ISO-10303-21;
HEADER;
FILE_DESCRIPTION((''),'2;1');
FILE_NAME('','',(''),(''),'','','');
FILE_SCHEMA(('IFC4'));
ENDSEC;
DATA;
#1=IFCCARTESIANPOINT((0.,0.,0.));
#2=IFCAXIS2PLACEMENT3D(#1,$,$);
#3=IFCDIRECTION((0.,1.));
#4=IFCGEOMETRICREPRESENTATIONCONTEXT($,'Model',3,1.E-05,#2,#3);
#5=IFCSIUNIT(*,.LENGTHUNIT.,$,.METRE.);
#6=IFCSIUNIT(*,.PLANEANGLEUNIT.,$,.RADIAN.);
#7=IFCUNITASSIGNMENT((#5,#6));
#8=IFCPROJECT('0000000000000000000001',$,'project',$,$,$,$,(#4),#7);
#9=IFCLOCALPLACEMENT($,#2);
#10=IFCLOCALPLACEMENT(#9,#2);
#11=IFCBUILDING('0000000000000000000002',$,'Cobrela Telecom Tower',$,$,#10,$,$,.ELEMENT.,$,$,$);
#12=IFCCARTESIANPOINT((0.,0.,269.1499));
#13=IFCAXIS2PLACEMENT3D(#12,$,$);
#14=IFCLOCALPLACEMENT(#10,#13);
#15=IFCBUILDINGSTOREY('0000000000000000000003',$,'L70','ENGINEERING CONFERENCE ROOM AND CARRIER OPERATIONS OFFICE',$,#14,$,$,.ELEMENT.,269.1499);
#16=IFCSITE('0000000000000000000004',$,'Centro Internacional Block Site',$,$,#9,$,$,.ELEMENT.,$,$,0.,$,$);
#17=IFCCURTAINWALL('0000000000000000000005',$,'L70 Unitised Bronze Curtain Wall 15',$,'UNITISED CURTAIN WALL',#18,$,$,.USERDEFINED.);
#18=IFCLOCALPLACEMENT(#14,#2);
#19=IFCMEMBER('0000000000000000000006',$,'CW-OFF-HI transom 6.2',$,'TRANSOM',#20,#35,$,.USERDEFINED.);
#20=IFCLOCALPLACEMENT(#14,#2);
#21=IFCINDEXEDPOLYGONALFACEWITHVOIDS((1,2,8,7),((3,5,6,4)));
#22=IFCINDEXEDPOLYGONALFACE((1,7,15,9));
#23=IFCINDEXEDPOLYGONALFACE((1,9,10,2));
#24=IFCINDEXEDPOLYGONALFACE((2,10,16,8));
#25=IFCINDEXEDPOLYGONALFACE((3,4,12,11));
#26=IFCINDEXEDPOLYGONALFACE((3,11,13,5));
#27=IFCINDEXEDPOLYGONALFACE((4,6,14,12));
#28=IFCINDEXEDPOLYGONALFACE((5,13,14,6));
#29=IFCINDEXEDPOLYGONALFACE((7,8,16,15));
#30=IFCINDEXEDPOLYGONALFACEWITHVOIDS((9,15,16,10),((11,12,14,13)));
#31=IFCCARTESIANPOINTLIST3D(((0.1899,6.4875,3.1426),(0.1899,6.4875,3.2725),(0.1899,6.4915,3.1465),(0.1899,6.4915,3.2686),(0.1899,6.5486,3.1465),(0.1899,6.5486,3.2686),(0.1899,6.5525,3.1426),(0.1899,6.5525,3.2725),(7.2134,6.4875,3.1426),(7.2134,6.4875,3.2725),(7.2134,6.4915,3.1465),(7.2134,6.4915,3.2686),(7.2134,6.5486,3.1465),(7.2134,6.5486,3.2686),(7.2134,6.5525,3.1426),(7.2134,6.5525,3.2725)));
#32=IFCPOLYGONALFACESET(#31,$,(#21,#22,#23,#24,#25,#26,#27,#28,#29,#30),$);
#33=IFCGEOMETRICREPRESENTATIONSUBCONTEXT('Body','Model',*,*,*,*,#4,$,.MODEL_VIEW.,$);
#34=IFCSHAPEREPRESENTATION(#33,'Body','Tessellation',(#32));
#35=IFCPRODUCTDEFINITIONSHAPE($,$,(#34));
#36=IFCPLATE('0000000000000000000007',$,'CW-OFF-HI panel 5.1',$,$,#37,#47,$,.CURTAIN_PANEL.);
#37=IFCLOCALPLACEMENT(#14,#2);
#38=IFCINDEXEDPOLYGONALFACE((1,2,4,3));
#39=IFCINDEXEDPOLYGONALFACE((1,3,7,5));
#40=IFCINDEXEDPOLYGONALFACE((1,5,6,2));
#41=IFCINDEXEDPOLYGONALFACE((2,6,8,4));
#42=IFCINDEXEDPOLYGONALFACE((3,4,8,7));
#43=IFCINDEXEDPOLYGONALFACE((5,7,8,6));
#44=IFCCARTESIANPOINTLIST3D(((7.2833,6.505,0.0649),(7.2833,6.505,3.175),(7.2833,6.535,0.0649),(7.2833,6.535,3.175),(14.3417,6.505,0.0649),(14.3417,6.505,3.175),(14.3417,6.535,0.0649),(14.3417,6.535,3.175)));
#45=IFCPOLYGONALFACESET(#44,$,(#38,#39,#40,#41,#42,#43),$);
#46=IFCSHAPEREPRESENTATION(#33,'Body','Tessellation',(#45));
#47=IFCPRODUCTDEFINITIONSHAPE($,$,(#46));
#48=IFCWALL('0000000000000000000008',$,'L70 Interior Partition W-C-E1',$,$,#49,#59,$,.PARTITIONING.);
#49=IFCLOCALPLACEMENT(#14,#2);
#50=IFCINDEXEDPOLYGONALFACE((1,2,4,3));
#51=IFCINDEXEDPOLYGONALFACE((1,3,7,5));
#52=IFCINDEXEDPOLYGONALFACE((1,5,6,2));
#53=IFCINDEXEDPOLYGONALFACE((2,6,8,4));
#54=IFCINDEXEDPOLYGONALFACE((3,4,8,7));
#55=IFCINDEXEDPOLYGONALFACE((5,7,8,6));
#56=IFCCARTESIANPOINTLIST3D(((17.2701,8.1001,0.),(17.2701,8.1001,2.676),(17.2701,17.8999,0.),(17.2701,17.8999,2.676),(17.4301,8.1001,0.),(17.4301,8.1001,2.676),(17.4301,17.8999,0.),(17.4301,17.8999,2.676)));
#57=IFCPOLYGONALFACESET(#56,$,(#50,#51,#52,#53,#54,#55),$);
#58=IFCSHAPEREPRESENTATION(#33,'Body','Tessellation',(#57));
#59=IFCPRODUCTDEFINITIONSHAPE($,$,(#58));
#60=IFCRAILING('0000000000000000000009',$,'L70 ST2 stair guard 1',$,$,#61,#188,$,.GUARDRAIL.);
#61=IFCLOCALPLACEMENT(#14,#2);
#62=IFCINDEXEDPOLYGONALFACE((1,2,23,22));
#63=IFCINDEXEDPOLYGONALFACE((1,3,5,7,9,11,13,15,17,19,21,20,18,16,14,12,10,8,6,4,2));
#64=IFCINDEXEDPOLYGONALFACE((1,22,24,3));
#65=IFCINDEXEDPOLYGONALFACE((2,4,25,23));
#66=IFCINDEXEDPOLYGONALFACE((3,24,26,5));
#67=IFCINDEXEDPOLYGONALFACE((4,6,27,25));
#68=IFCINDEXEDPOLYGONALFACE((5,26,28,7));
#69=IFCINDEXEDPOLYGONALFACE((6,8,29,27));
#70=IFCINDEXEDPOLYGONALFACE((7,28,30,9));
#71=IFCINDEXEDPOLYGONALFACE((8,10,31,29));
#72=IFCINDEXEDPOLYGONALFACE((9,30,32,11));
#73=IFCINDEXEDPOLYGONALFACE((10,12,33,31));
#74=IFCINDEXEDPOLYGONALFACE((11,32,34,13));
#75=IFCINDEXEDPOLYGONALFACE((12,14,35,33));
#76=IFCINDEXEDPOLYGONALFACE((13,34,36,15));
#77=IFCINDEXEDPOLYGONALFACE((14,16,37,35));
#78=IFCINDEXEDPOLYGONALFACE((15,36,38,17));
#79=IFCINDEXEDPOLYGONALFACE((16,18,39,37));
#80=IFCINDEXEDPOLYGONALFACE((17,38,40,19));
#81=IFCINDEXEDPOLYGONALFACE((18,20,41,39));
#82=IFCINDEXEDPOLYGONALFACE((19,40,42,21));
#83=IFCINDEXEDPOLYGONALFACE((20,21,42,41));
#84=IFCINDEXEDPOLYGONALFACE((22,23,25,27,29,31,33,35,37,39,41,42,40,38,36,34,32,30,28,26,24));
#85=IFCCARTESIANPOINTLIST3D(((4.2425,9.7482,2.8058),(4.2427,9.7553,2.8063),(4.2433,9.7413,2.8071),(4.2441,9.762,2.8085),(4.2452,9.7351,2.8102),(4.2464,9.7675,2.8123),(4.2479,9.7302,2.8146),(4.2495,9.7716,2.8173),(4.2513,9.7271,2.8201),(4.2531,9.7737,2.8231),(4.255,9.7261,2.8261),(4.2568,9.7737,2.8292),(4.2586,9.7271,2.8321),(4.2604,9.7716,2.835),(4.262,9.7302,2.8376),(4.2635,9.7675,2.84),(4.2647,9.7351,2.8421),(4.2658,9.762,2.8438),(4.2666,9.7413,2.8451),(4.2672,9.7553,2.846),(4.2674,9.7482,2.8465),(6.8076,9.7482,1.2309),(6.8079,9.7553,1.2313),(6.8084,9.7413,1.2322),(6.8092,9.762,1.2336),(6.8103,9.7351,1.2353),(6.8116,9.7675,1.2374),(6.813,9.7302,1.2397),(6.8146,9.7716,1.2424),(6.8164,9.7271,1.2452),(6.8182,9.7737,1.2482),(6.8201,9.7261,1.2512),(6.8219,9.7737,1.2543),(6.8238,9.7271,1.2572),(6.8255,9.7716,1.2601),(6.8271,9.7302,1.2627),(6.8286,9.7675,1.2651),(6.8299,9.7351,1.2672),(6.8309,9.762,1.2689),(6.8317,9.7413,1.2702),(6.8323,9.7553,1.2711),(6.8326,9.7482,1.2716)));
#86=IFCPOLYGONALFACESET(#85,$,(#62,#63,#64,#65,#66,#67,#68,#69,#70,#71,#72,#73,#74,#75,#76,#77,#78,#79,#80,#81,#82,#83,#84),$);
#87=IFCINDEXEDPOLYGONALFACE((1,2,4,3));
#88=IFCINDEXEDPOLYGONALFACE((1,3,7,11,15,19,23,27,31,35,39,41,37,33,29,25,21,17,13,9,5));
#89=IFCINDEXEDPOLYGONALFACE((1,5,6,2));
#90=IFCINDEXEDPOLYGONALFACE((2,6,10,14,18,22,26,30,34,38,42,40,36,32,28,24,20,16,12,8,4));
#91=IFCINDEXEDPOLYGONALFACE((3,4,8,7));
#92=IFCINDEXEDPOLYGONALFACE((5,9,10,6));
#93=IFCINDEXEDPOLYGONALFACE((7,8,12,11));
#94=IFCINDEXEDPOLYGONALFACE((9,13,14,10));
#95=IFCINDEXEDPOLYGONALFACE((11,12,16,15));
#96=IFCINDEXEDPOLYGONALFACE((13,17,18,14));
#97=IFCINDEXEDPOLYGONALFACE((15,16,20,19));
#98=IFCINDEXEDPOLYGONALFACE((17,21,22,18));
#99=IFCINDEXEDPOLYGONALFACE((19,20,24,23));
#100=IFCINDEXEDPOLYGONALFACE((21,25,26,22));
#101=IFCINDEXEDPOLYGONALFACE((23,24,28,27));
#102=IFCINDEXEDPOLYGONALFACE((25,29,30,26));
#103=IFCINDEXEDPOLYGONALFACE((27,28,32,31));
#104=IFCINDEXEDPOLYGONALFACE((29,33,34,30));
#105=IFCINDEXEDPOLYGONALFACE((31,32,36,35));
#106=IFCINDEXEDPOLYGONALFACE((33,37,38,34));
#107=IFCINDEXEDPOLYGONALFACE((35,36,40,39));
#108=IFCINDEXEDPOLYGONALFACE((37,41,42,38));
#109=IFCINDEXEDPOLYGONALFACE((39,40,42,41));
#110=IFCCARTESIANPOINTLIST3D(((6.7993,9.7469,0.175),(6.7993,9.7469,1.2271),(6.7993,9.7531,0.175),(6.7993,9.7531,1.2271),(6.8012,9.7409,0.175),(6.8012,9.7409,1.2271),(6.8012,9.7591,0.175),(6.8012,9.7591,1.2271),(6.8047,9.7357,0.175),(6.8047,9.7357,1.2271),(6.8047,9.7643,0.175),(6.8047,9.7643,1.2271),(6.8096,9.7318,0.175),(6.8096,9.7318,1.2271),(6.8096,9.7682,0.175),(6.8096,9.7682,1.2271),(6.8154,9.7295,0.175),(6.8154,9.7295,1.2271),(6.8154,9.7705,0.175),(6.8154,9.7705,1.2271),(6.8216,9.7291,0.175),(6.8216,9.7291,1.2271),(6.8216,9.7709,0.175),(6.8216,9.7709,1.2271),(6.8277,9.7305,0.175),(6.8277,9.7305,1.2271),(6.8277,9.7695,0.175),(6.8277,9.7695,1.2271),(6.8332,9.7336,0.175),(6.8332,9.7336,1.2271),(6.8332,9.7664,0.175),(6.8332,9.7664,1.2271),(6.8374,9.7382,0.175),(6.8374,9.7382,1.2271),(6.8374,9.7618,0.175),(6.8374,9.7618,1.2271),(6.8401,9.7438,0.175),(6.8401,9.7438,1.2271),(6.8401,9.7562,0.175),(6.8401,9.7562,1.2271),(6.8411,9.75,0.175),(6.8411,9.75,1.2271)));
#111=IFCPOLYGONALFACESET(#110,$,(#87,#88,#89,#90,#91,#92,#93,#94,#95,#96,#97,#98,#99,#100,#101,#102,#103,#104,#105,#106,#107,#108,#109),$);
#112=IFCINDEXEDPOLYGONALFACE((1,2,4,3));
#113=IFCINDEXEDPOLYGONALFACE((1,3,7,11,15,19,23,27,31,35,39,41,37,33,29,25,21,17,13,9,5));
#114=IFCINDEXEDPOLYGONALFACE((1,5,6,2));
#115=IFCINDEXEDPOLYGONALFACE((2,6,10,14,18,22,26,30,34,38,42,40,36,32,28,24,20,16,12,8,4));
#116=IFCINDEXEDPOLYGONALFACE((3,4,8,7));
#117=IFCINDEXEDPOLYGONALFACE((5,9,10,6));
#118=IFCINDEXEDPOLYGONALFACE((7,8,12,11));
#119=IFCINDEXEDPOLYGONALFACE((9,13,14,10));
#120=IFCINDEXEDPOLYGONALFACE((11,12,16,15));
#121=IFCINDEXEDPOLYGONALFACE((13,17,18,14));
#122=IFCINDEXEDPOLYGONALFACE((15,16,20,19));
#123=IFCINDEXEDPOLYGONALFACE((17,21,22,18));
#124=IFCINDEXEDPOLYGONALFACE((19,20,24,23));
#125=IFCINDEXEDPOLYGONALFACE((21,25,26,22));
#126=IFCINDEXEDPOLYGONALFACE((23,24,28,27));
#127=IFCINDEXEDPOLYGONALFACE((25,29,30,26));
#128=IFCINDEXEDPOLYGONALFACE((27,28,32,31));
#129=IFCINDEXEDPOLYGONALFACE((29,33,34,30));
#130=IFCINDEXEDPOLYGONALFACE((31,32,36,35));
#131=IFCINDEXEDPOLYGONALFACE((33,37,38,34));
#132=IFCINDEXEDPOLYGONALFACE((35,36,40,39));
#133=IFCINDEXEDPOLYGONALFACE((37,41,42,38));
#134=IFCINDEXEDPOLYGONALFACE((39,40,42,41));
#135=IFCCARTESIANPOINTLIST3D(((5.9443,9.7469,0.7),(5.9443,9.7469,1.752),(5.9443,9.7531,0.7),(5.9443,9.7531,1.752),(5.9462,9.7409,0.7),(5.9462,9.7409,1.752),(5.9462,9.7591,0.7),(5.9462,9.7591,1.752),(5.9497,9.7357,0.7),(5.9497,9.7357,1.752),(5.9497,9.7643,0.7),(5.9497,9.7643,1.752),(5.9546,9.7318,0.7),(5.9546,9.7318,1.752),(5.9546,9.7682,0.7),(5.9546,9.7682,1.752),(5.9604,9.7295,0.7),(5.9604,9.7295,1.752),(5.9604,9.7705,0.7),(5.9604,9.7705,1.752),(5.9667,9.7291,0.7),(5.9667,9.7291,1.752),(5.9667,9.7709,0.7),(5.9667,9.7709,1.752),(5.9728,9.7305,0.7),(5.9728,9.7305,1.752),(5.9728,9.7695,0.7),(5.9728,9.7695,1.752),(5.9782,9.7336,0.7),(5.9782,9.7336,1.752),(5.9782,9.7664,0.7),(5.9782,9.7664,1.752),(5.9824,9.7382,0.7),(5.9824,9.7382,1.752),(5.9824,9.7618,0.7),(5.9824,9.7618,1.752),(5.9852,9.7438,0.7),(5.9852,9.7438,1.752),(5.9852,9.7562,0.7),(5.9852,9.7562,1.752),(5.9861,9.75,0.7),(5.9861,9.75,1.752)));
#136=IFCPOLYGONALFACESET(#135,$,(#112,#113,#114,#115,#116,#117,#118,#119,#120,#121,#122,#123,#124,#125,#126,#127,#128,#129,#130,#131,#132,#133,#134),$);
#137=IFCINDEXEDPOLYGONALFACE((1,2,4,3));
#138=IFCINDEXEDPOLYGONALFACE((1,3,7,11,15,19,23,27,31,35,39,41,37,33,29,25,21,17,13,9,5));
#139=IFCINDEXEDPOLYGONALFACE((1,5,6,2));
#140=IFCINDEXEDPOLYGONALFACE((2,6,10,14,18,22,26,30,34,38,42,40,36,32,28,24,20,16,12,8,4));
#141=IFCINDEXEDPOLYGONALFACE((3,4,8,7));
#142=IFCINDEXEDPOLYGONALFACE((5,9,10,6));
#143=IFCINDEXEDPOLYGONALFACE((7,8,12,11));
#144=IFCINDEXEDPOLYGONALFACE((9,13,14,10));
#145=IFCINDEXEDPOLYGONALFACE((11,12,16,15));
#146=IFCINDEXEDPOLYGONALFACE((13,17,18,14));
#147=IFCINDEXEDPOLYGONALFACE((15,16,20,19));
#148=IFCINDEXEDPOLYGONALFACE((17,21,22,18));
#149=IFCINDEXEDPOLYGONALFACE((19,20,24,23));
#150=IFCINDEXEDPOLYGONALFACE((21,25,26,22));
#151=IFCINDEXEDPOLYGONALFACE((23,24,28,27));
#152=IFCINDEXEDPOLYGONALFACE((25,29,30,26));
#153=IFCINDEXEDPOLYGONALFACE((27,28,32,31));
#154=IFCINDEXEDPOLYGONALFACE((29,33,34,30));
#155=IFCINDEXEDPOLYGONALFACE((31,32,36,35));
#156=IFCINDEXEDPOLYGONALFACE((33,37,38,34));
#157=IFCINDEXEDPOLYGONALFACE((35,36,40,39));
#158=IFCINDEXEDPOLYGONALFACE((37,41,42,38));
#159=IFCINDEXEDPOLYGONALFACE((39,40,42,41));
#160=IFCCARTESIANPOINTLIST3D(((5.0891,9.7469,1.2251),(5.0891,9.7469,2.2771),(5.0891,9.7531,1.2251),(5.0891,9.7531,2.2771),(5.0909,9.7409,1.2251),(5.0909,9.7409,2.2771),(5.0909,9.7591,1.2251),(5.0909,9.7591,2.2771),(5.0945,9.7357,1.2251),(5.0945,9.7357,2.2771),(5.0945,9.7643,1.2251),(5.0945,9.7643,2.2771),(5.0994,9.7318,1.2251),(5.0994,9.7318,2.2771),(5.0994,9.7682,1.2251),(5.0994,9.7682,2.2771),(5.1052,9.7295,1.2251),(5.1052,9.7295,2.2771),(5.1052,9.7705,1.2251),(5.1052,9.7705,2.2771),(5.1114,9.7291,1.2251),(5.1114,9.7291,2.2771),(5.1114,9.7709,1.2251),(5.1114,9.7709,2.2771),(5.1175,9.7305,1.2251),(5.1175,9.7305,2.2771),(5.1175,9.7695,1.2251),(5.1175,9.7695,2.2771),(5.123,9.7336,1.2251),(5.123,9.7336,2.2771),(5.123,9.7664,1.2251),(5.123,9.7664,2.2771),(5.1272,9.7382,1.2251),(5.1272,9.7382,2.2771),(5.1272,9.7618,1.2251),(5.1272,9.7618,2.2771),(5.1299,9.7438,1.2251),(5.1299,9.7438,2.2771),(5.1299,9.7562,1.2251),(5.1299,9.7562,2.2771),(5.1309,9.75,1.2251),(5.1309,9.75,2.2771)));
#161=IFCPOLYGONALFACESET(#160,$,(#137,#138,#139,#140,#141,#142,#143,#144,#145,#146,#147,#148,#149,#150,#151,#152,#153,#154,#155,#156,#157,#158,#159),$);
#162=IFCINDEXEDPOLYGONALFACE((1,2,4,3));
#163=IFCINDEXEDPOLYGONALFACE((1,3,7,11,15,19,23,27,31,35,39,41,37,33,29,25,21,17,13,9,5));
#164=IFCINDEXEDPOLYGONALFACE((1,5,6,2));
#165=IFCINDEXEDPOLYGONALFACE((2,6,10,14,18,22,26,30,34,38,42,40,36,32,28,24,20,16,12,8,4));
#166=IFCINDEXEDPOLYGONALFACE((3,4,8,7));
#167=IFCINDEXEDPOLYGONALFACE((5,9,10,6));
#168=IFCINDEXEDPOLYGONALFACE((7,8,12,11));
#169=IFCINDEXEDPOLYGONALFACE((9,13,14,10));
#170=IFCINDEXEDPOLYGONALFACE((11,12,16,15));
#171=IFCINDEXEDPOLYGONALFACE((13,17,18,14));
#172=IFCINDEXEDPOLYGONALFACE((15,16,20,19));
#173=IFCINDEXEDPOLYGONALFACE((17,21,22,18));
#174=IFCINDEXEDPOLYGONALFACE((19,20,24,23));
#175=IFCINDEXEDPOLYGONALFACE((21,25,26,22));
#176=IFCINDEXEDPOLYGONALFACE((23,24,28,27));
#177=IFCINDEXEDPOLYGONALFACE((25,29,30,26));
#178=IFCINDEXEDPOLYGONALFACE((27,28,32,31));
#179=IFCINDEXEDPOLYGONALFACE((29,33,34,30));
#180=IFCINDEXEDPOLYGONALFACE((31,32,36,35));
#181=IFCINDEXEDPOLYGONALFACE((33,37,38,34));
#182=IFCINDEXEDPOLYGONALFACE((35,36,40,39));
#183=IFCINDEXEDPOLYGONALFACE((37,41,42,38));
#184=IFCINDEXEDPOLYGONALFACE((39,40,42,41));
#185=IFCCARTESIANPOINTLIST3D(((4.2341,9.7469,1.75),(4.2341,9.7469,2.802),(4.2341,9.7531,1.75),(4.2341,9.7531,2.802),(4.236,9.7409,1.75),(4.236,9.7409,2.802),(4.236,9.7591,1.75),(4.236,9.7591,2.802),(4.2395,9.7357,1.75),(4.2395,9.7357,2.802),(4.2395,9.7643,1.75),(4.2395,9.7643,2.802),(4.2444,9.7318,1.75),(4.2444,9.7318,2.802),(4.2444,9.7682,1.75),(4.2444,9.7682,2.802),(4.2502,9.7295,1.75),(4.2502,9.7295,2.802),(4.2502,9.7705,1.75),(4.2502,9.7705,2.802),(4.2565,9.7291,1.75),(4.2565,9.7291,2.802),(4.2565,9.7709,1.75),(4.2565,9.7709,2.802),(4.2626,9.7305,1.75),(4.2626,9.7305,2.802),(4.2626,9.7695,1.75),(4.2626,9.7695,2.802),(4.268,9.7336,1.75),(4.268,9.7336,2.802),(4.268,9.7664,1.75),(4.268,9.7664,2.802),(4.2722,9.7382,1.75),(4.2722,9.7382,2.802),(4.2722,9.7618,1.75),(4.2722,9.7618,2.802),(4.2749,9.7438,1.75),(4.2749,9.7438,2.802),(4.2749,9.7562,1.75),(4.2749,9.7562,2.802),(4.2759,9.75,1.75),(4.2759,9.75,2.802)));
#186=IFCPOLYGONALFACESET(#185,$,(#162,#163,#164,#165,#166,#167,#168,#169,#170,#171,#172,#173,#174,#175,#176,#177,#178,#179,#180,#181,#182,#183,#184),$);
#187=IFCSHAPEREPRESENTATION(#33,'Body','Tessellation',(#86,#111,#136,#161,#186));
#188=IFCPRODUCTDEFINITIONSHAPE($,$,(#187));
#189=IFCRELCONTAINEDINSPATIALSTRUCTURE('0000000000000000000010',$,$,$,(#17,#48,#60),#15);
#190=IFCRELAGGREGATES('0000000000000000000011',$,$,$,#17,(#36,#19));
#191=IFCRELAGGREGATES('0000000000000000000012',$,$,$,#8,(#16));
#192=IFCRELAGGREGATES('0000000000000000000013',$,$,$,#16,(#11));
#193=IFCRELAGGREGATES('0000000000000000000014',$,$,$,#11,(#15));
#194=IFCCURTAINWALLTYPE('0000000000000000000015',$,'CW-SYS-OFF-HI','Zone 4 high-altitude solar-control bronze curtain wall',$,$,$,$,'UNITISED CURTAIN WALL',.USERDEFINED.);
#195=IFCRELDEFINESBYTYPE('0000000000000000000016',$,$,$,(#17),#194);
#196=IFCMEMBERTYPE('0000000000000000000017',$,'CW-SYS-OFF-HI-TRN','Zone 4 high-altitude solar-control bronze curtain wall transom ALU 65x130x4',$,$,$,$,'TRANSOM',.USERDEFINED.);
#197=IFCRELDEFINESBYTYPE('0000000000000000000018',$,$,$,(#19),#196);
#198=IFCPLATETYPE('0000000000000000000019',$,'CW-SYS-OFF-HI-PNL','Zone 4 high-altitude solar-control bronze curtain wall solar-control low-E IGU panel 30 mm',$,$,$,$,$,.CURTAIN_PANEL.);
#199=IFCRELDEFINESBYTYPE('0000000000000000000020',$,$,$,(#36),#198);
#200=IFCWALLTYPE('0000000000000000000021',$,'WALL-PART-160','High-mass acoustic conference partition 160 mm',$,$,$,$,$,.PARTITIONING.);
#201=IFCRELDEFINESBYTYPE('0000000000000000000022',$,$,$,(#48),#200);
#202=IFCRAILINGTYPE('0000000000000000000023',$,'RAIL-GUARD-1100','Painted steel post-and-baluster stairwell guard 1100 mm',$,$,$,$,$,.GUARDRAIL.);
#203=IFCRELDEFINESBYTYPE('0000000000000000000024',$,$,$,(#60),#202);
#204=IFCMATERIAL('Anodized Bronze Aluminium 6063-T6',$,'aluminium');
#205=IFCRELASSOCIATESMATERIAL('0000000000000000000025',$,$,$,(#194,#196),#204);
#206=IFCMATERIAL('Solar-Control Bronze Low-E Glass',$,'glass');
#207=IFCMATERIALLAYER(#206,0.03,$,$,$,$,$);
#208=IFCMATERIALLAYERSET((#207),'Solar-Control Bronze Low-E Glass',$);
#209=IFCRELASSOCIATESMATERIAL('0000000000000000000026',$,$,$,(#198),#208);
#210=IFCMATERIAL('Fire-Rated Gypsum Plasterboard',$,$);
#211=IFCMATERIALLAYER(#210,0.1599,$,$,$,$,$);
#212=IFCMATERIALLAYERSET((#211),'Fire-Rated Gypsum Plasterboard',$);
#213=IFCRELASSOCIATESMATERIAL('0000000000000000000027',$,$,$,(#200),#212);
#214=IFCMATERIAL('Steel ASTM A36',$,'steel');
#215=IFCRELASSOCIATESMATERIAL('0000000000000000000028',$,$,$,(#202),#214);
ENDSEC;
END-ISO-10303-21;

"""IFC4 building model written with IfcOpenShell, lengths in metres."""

from ifc_helpers import new_model, si_unit, direction, frame, frame_2d, origin, origin_2d, place, context, subcontext, project, spatial, rectangle, hollow_rectangle, circle, extrude, material, layer, layer_set, material_profile, profile_set, type_object, element, aggregate, save


model = new_model("IFC4")

# Units and contexts
model_context = context("Model", 3, precision=1e-05, world=origin(), true_north=direction((0.0, 1.0)))
body_context = subcontext(model_context, "Body", "Model", "MODEL_VIEW")
ifc_project = project(units=[si_unit("LENGTHUNIT", "METRE"), si_unit("PLANEANGLEUNIT", "RADIAN")], contexts=[model_context])

# Site, building, storey
site_placement = place(None, origin())
site = spatial("IfcSite", under=ifc_project, at=site_placement, Name="Centro Internacional Block Site", CompositionType="ELEMENT", RefElevation=0.0)
building_placement = place(site_placement, origin())
building = spatial("IfcBuilding", under=site, at=building_placement, Name="Cobrela Telecom Tower", CompositionType="ELEMENT")
storey_placement = place(building_placement, frame((0.0, 0.0, 269.1499)))
storey = spatial("IfcBuildingStorey", under=building, at=storey_placement, Name="L70", Description="ENGINEERING CONFERENCE ROOM AND CARRIER OPERATIONS OFFICE", CompositionType="ELEMENT", Elevation=269.1499)

# Curtain wall, member, plate
ifc_material_1 = material(Name="Anodized Bronze Aluminium 6063-T6", Category="aluminium")
curtain_wall_type = type_object("IfcCurtainWallType", Name="CW-SYS-OFF-HI", Description="Zone 4 high-altitude solar-control bronze curtain wall", ElementType="UNITISED CURTAIN WALL", PredefinedType="USERDEFINED", material=ifc_material_1)
curtain_wall_placement = place(storey_placement, origin())
curtain_wall = element("IfcCurtainWall", 1, at=curtain_wall_placement, inside=storey, type_object=curtain_wall_type, Name="L70 Unitised Bronze Curtain Wall 15", ObjectType="UNITISED CURTAIN WALL", PredefinedType="USERDEFINED")
ifc_material_profile_1 = material_profile(ifc_material_1, hollow_rectangle(XDim=0.0649, YDim=0.1299, WallThickness=0.0039, at=origin_2d()), Name="ALU 65x130x4")
ifc_profile_set_1 = profile_set([ifc_material_profile_1], Name="Anodized Bronze Aluminium 6063-T6")
member_type_1 = type_object("IfcMemberType", Name="CW-SYS-OFF-HI-TRN", Description="Zone 4 high-altitude solar-control bronze curtain wall transom ALU 65x130x4", ElementType="TRANSOM", PredefinedType="USERDEFINED", material=ifc_profile_set_1)
member_1_placement = place(storey_placement, frame((7.2134, 6.52, 3.2075), z_axis=(-1.0, 0.0, 0.0), x_axis=(0.0, -1.0, 0.0)))
member_1 = element("IfcMember", 2, at=member_1_placement, type_object=member_type_1, Name="CW-OFF-HI transom 6.2", ObjectType="TRANSOM", PredefinedType="USERDEFINED", context=body_context, shape_type="SweptSolid", body=[
    extrude(hollow_rectangle(XDim=0.0649, YDim=0.1299, WallThickness=0.0039, at=origin_2d()), origin(), (0.0, 0.0, 1.0), 7.0234),
])
ifc_material_2 = material(Name="Solar-Control Bronze Low-E Glass", Category="glass")
ifc_layer_1 = layer(ifc_material_2, 0.03)
ifc_layer_set_1 = layer_set([ifc_layer_1], Name="Solar-Control Bronze Low-E Glass")
plate_type = type_object("IfcPlateType", Name="CW-SYS-OFF-HI-PNL", Description="Zone 4 high-altitude solar-control bronze curtain wall solar-control low-E IGU panel 30 mm", PredefinedType="CURTAIN_PANEL", material=ifc_layer_set_1)
plate_placement = place(storey_placement, frame((10.8125, 6.52, 0.0649), z_axis=(0.0, 0.0, 1.0), x_axis=(-1.0, 0.0, 0.0)))
plate = element("IfcPlate", 3, at=plate_placement, type_object=plate_type, Name="CW-OFF-HI panel 5.1", PredefinedType="CURTAIN_PANEL", context=body_context, shape_type="SweptSolid", body=[
    extrude(rectangle(XDim=7.0583, YDim=0.03, at=origin_2d()), origin(), (0.0, 0.0, 1.0), 3.1101),
])
aggregate(curtain_wall, [plate, member_1])

# Shared definitions
ifc_material_3 = material(Name="Fire-Rated Gypsum Plasterboard")

# Wall
ifc_layer_2 = layer(ifc_material_3, 0.1599)
ifc_layer_set_2 = layer_set([ifc_layer_2], Name="Fire-Rated Gypsum Plasterboard")
wall_type_1 = type_object("IfcWallType", Name="WALL-PART-160", Description="High-mass acoustic conference partition 160 mm", PredefinedType="PARTITIONING", material=ifc_layer_set_2)
wall_1_placement = place(storey_placement, frame((17.3501, 8.1001, 0.0), z_axis=(0.0, 0.0, 1.0), x_axis=(0.0, 1.0, 0.0)))
element("IfcWall", 4, at=wall_1_placement, inside=storey, type_object=wall_type_1, Name="L70 Interior Partition W-C-E1", PredefinedType="PARTITIONING", context=body_context, shape_type="SweptSolid", body=[
    extrude(rectangle(XDim=9.7998, YDim=0.1599, at=frame_2d((4.8999, 0.0))), origin(), (0.0, 0.0, 1.0), 2.676),
])

# Shared definitions
ifc_material_4 = material(Name="Steel ASTM A36", Category="steel")

# Railing
railing_type = type_object("IfcRailingType", Name="RAIL-GUARD-1100", Description="Painted steel post-and-baluster stairwell guard 1100 mm", PredefinedType="GUARDRAIL", material=ifc_material_4)
railing_1_placement = place(storey_placement, frame((6.8201, 9.75, 0.175)))
element("IfcRailing", 5, at=railing_1_placement, inside=storey, type_object=railing_type, Name="L70 ST2 stair guard 1", PredefinedType="GUARDRAIL", context=body_context, shape_type="SweptSolid", body=[
    extrude(circle(Radius=0.0239, at=origin_2d()), frame((0.0, 0.0, 1.0762), z_axis=(-0.852195, 0.0, 0.523224), x_axis=(0.0, -1.0, 0.0)), (0.0, 0.0, 1.0), 3.01),
    extrude(circle(Radius=0.021, at=origin_2d()), origin(), (0.0, 0.0, 1.0), 1.052),
    extrude(circle(Radius=0.021, at=origin_2d()), frame((-0.855, 0.0, 0.5249)), (0.0, 0.0, 1.0), 1.052),
    extrude(circle(Radius=0.021, at=origin_2d()), frame((-1.7102, 0.0, 1.05)), (0.0, 0.0, 1.0), 1.052),
    extrude(circle(Radius=0.021, at=origin_2d()), frame((-2.5652, 0.0, 1.575)), (0.0, 0.0, 1.0), 1.052),
])

save(model, "model.ifc")
